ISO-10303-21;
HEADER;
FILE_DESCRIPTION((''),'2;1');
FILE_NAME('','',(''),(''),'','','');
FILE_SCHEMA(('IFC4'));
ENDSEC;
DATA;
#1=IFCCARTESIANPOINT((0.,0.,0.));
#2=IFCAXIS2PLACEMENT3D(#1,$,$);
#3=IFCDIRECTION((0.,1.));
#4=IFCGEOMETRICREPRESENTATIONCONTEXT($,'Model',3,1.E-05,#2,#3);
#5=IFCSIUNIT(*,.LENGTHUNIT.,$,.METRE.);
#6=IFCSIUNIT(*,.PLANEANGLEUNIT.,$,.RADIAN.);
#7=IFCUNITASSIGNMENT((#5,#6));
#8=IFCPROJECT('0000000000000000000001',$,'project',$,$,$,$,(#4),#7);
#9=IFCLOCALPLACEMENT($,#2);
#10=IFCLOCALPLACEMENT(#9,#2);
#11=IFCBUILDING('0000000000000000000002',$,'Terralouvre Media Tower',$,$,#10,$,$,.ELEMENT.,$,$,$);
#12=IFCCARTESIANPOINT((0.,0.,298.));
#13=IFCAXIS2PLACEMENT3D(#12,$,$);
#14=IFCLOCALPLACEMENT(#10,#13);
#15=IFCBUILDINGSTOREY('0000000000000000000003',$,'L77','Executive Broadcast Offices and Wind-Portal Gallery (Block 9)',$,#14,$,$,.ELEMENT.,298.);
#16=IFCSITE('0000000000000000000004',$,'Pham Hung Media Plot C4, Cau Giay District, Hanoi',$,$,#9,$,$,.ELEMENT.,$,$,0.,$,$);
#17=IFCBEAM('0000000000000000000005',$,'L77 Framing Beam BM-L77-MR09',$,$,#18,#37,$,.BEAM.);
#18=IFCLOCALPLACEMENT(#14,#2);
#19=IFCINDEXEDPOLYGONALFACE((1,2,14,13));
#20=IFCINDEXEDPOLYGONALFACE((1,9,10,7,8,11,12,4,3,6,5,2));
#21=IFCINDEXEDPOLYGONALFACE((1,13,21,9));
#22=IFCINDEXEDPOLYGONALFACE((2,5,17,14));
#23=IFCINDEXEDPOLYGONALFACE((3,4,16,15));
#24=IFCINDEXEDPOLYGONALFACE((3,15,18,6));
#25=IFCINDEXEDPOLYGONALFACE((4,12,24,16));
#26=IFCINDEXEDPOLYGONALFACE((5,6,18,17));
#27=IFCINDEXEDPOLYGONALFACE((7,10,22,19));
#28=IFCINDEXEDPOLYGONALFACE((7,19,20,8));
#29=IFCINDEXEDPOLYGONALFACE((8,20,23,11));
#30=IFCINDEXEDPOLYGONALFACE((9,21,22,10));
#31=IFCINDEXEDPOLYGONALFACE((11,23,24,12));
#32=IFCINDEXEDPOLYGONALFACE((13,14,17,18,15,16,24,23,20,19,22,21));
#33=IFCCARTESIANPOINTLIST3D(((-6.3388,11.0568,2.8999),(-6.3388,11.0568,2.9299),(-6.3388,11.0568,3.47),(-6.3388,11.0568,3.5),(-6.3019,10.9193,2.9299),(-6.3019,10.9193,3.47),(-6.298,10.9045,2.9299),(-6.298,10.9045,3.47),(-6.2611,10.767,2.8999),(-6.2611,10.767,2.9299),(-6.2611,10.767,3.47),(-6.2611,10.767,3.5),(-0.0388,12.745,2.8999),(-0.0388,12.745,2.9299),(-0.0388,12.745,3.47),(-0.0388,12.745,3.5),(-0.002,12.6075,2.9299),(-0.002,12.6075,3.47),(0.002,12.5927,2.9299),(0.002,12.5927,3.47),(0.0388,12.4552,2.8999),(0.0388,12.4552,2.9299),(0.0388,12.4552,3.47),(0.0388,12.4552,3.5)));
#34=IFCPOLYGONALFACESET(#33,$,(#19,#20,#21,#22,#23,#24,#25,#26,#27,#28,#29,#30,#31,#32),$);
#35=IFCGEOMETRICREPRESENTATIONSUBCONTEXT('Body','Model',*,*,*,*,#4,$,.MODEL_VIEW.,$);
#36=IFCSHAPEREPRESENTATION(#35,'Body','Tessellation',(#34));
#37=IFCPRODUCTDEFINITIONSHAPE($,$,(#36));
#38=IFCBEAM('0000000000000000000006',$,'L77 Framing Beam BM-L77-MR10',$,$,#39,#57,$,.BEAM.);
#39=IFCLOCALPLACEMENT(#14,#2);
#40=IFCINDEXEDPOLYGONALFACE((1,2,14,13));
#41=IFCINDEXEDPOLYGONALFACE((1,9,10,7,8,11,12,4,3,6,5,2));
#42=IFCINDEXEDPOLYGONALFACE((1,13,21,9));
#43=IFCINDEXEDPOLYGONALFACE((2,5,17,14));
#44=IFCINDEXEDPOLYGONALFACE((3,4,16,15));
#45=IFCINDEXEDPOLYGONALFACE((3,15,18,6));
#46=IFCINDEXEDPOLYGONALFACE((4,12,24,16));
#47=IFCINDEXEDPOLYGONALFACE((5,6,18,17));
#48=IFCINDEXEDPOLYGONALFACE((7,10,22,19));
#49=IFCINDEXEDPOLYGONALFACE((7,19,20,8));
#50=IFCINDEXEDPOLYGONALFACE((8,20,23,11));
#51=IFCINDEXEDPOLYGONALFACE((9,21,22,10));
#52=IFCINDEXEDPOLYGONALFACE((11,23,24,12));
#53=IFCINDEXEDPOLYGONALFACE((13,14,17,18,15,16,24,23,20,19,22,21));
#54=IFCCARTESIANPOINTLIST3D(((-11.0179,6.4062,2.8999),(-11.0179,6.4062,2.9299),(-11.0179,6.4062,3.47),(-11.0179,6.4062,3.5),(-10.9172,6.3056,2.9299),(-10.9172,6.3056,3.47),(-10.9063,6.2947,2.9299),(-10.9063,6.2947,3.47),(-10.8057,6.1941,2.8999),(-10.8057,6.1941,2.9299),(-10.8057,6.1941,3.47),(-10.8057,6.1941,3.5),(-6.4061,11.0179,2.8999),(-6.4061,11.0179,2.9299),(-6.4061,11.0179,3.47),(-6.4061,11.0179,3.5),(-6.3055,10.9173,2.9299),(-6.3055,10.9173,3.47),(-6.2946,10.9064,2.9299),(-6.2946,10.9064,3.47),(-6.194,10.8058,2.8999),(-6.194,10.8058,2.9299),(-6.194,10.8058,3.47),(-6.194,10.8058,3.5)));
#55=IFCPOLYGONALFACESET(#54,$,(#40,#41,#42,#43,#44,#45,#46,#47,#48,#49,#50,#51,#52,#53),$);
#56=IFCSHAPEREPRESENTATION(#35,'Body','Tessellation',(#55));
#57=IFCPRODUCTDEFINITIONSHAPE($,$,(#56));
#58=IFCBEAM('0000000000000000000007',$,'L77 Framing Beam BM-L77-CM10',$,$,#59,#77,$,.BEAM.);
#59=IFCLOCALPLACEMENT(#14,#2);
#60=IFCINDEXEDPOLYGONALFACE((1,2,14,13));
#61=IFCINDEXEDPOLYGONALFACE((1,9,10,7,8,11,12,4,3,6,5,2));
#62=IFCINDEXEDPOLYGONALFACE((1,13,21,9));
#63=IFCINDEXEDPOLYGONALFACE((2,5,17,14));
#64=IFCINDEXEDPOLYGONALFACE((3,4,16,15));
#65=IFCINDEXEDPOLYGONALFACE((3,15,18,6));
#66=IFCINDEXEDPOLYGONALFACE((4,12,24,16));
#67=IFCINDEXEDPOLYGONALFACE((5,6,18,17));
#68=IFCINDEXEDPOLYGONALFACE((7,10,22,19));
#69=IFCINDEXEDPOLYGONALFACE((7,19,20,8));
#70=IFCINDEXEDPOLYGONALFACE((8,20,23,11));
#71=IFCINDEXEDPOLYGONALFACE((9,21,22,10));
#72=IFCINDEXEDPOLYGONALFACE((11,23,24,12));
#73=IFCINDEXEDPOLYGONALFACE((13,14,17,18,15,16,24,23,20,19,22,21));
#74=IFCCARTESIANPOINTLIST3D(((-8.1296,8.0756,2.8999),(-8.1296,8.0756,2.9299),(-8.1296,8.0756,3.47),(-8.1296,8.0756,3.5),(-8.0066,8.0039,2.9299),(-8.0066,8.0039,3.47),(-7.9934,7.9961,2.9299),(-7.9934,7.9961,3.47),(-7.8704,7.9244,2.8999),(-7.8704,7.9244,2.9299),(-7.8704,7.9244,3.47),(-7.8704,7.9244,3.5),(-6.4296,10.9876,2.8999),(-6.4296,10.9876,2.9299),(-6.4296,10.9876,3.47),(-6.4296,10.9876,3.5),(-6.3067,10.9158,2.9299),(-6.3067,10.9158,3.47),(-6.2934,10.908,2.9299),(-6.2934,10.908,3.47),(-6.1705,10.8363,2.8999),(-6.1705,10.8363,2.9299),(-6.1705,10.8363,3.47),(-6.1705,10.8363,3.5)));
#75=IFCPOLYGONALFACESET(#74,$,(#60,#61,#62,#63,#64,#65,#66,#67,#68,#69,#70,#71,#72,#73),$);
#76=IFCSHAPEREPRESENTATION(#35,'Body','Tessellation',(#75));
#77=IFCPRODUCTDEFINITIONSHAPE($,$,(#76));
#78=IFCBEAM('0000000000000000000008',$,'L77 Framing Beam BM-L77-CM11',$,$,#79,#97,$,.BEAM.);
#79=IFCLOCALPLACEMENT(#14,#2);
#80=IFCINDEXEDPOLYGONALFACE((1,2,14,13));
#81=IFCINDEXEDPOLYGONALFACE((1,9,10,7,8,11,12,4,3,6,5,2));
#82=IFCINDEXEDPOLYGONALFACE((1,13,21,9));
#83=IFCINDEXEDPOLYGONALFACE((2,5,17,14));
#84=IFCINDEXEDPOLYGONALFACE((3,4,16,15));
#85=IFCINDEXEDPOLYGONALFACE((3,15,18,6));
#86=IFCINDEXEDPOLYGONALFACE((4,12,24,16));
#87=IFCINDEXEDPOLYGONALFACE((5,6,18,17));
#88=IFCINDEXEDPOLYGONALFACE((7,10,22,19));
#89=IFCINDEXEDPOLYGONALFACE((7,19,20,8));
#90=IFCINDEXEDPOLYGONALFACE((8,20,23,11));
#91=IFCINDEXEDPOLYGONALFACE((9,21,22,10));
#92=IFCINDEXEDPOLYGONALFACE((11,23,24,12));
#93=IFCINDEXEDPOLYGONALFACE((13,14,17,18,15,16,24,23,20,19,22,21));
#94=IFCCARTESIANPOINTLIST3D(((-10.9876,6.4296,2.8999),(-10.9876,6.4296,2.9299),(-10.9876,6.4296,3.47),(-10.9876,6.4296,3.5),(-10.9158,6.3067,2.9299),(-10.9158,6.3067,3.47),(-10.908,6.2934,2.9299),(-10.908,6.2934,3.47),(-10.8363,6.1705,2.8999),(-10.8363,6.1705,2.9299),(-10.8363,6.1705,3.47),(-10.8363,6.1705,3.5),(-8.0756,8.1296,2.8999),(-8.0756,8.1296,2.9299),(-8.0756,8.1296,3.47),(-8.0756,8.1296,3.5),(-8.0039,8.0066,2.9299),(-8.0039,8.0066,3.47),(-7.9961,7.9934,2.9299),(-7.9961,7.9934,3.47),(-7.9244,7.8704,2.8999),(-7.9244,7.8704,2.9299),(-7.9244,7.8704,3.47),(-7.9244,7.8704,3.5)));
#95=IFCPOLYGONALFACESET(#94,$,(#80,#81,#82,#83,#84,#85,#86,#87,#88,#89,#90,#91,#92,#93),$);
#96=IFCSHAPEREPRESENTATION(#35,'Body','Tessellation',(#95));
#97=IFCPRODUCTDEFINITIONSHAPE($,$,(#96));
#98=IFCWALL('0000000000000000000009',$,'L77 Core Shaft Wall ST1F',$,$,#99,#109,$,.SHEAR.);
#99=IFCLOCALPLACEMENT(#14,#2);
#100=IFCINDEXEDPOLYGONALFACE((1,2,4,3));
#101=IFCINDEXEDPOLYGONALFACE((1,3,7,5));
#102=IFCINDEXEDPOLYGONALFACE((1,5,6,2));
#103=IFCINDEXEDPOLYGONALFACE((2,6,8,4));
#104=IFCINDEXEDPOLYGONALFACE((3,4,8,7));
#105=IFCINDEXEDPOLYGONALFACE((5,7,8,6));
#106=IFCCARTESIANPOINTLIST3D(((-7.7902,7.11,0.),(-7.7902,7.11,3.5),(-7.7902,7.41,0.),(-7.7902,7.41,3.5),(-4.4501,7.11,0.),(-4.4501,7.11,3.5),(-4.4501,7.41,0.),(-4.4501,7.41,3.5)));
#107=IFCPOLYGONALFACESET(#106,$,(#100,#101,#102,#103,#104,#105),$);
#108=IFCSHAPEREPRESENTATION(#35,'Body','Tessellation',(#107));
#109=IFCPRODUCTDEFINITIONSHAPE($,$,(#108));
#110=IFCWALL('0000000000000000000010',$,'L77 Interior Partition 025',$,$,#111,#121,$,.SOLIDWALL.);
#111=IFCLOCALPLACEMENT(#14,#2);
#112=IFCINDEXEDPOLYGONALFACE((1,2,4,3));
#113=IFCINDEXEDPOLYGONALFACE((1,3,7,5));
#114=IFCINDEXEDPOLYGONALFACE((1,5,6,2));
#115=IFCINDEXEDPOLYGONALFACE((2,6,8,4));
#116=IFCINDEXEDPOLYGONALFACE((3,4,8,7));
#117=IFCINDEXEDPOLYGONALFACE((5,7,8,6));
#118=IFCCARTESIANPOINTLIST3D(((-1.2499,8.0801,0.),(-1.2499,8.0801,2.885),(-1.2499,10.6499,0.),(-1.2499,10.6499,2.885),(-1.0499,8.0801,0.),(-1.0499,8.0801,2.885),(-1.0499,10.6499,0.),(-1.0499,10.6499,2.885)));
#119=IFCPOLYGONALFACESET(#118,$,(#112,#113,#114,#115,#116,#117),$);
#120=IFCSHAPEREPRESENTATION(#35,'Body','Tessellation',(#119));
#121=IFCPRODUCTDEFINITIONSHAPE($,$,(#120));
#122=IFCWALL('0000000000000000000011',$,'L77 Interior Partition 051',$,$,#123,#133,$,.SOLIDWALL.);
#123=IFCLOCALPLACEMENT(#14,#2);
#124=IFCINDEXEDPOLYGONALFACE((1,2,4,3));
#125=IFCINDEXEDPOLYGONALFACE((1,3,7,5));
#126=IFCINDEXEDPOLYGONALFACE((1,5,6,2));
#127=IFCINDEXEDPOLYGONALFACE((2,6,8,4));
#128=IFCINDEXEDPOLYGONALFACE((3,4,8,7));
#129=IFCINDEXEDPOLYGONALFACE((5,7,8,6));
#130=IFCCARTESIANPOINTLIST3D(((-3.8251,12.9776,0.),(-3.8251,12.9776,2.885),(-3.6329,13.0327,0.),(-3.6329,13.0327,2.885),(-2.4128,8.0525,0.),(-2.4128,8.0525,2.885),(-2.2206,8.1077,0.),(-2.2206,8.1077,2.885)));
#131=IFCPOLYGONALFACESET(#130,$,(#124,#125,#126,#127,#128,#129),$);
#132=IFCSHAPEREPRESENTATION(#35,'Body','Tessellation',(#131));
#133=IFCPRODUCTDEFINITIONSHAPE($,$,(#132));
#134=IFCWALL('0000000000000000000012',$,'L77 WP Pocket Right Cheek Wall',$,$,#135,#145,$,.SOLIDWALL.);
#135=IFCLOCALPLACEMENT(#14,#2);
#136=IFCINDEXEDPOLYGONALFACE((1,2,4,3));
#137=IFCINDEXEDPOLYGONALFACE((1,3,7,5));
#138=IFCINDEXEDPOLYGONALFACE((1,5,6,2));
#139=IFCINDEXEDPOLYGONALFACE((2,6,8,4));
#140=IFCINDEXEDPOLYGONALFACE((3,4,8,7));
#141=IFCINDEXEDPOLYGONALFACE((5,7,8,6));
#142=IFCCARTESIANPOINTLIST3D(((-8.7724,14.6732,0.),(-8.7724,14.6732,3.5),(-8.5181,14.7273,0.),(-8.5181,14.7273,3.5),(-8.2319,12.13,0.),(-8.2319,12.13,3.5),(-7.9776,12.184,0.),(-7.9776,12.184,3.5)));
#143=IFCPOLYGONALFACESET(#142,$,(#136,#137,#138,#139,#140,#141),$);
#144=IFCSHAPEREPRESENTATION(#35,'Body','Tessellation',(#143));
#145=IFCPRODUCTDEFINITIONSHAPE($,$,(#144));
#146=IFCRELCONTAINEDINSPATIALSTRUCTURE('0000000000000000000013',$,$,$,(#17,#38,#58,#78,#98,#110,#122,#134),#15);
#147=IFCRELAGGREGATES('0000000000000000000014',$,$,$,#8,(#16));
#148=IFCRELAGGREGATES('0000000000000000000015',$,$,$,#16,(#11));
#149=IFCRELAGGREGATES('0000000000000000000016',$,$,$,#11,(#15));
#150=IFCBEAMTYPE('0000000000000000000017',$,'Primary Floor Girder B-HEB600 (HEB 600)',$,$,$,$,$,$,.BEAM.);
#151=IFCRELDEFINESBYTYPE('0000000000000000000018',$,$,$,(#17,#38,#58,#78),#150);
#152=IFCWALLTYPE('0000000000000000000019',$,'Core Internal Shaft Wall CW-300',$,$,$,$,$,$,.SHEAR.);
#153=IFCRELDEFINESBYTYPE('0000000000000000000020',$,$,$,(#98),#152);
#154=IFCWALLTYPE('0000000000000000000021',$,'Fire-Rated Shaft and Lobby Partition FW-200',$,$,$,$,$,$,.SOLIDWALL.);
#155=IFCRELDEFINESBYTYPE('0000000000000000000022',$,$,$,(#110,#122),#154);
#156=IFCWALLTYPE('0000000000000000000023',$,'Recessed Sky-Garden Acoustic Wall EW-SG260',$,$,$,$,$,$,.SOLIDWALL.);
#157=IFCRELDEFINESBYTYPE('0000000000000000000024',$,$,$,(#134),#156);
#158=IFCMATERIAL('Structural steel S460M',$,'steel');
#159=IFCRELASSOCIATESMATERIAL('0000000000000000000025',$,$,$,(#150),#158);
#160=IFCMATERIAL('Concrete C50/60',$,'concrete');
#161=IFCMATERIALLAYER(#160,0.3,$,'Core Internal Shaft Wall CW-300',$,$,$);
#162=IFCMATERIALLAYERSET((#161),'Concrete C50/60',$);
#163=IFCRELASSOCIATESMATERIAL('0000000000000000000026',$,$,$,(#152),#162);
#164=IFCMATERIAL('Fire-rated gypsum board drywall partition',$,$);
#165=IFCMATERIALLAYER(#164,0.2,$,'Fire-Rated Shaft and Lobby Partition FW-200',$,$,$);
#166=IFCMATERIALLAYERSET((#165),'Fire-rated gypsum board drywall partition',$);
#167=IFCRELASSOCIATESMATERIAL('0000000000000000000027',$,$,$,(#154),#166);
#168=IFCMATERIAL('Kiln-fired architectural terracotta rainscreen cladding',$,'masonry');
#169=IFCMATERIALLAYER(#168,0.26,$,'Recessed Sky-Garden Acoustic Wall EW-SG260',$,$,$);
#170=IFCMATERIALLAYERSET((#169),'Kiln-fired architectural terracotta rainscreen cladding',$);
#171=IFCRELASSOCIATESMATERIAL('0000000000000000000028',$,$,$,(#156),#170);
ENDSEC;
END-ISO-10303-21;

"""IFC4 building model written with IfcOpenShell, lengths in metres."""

from ifc_helpers import new_model, si_unit, direction, frame, frame_2d, origin, origin_2d, place, context, subcontext, project, spatial, rectangle, i_section, extrude, material, layer, layer_set, material_profile, profile_set, type_object, element, save


model = new_model("IFC4")

# Units and contexts
model_context = context("Model", 3, precision=1e-05, world=origin(), true_north=direction((0.0, 1.0)))
body_context = subcontext(model_context, "Body", "Model", "MODEL_VIEW")
ifc_project = project(units=[si_unit("LENGTHUNIT", "METRE"), si_unit("PLANEANGLEUNIT", "RADIAN")], contexts=[model_context])

# Site, building, storey
site_placement = place(None, origin())
site = spatial("IfcSite", under=ifc_project, at=site_placement, Name="Pham Hung Media Plot C4, Cau Giay District, Hanoi", CompositionType="ELEMENT", RefElevation=0.0)
building_placement = place(site_placement, origin())
building = spatial("IfcBuilding", under=site, at=building_placement, Name="Terralouvre Media Tower", CompositionType="ELEMENT")
storey_placement = place(building_placement, frame((0.0, 0.0, 298.0)))
storey = spatial("IfcBuildingStorey", under=building, at=storey_placement, Name="L77", Description="Executive Broadcast Offices and Wind-Portal Gallery (Block 9)", CompositionType="ELEMENT", Elevation=298.0)

# Beams
ifc_material_1 = material(Name="Structural steel S460M", Category="steel")
ifc_material_profile_1 = material_profile(ifc_material_1, i_section(OverallWidth=0.3, OverallDepth=0.6001, WebThickness=0.0154, FlangeThickness=0.03, at=origin_2d()), Name="HEB 600")
ifc_profile_set_1 = profile_set([ifc_material_profile_1], Name="Structural steel S460M")
beam_type_1 = type_object("IfcBeamType", Name="Primary Floor Girder B-HEB600 (HEB 600)", PredefinedType="BEAM", material=ifc_profile_set_1)
beam_1_placement = place(storey_placement, frame((0.0, 12.6001, 3.2), z_axis=(-0.96592, -0.258839, 0.0), x_axis=(0.258839, -0.96592, 0.0)))
element("IfcBeam", 1, at=beam_1_placement, inside=storey, type_object=beam_type_1, Name="L77 Framing Beam BM-L77-MR09", PredefinedType="BEAM", context=body_context, shape_type="SweptSolid", body=[
    extrude(i_section(OverallWidth=0.3, OverallDepth=0.6001, WebThickness=0.0154, FlangeThickness=0.03, at=origin_2d()), origin(), (0.0, 0.0, 1.0), 6.5222),
])
beam_2_placement = place(storey_placement, frame((-6.3, 10.9119, 3.2), z_axis=(-0.707107, -0.707107, 0.0), x_axis=(0.707107, -0.707107, 0.0)))
element("IfcBeam", 2, at=beam_2_placement, inside=storey, type_object=beam_type_1, Name="L77 Framing Beam BM-L77-MR10", PredefinedType="BEAM", context=body_context, shape_type="SweptSolid", body=[
    extrude(i_section(OverallWidth=0.3, OverallDepth=0.6001, WebThickness=0.0154, FlangeThickness=0.03, at=origin_2d()), origin(), (0.0, 0.0, 1.0), 6.522),
])
for number, where, z_axis, x_axis, name in (
    (3, (-8.0, 8.0, 3.2), (0.504173, 0.863603, 0.0), (-0.863603, 0.504173, 0.0), "L77 Framing Beam BM-L77-CM10"),
    (4, (-8.0, 8.0, 3.2), (-0.863603, -0.504173, 0.0), (0.504173, -0.863603, 0.0), "L77 Framing Beam BM-L77-CM11"),
):
    element("IfcBeam", number, at=place(storey_placement, frame(where, z_axis=z_axis, x_axis=x_axis)), inside=storey, type_object=beam_type_1, Name=name, PredefinedType="BEAM", context=body_context, shape_type="SweptSolid", body=[
        extrude(i_section(OverallWidth=0.3, OverallDepth=0.6001, WebThickness=0.0154, FlangeThickness=0.03, at=origin_2d()), origin(), (0.0, 0.0, 1.0), 3.3718),
    ])

# Wall
ifc_material_2 = material(Name="Concrete C50/60", Category="concrete")
ifc_layer_1 = layer(ifc_material_2, 0.3, Name="Core Internal Shaft Wall CW-300")
ifc_layer_set_1 = layer_set([ifc_layer_1], Name="Concrete C50/60")
wall_type_1 = type_object("IfcWallType", Name="Core Internal Shaft Wall CW-300", PredefinedType="SHEAR", material=ifc_layer_set_1)
wall_1_placement = place(storey_placement, frame((-7.79, 7.26, 0.0), z_axis=(0.0, 0.0, 1.0), x_axis=(1.0, 0.0, 0.0)))
element("IfcWall", 5, at=wall_1_placement, inside=storey, type_object=wall_type_1, Name="L77 Core Shaft Wall ST1F", PredefinedType="SHEAR", context=body_context, shape_type="SweptSolid", body=[
    extrude(rectangle(XDim=3.3401, YDim=0.3, at=frame_2d((1.6699, 0.0))), origin(), (0.0, 0.0, 1.0), 3.5),
])

# Walls
ifc_material_3 = material(Name="Fire-rated gypsum board drywall partition")
ifc_layer_2 = layer(ifc_material_3, 0.2, Name="Fire-Rated Shaft and Lobby Partition FW-200")
ifc_layer_set_2 = layer_set([ifc_layer_2], Name="Fire-rated gypsum board drywall partition")
wall_type_2 = type_object("IfcWallType", Name="Fire-Rated Shaft and Lobby Partition FW-200", PredefinedType="SOLIDWALL", material=ifc_layer_set_2)
wall_2_placement = place(storey_placement, frame((-1.1499, 10.6499, 0.0), z_axis=(0.0, 0.0, 1.0), x_axis=(0.0, -1.0, 0.0)))
element("IfcWall", 6, at=wall_2_placement, inside=storey, type_object=wall_type_2, Name="L77 Interior Partition 025", PredefinedType="SOLIDWALL", context=body_context, shape_type="SweptSolid", body=[
    extrude(rectangle(XDim=2.5698, YDim=0.2, at=frame_2d((1.2849, 0.0))), origin(), (0.0, 0.0, 1.0), 2.885),
])
wall_3_placement = place(storey_placement, frame((-3.729, 13.0051, 0.0), z_axis=(0.0, 0.0, 1.0), x_axis=(0.275659, -0.961256, 0.0)))
element("IfcWall", 7, at=wall_3_placement, inside=storey, type_object=wall_type_2, Name="L77 Interior Partition 051", PredefinedType="SOLIDWALL", context=body_context, shape_type="SweptSolid", body=[
    extrude(rectangle(XDim=5.1235, YDim=0.2, at=frame_2d((2.5618, 0.0))), origin(), (0.0, 0.0, 1.0), 2.885),
])
ifc_material_4 = material(Name="Kiln-fired architectural terracotta rainscreen cladding", Category="masonry")
ifc_layer_3 = layer(ifc_material_4, 0.26, Name="Recessed Sky-Garden Acoustic Wall EW-SG260")
ifc_layer_set_3 = layer_set([ifc_layer_3], Name="Kiln-fired architectural terracotta rainscreen cladding")
wall_type_3 = type_object("IfcWallType", Name="Recessed Sky-Garden Acoustic Wall EW-SG260", PredefinedType="SOLIDWALL", material=ifc_layer_set_3)
wall_4_placement = place(storey_placement, frame((-8.1047, 12.157, 0.0), z_axis=(0.0, 0.0, 1.0), x_axis=(-0.207894, 0.978151, 0.0)))
element("IfcWall", 8, at=wall_4_placement, inside=storey, type_object=wall_type_3, Name="L77 WP Pocket Right Cheek Wall", PredefinedType="SOLIDWALL", context=body_context, shape_type="SweptSolid", body=[
    extrude(rectangle(XDim=2.6001, YDim=0.26, at=frame_2d((1.3, 0.0))), origin(), (0.0, 0.0, 1.0), 3.5),
])

save(model, "model.ifc")
